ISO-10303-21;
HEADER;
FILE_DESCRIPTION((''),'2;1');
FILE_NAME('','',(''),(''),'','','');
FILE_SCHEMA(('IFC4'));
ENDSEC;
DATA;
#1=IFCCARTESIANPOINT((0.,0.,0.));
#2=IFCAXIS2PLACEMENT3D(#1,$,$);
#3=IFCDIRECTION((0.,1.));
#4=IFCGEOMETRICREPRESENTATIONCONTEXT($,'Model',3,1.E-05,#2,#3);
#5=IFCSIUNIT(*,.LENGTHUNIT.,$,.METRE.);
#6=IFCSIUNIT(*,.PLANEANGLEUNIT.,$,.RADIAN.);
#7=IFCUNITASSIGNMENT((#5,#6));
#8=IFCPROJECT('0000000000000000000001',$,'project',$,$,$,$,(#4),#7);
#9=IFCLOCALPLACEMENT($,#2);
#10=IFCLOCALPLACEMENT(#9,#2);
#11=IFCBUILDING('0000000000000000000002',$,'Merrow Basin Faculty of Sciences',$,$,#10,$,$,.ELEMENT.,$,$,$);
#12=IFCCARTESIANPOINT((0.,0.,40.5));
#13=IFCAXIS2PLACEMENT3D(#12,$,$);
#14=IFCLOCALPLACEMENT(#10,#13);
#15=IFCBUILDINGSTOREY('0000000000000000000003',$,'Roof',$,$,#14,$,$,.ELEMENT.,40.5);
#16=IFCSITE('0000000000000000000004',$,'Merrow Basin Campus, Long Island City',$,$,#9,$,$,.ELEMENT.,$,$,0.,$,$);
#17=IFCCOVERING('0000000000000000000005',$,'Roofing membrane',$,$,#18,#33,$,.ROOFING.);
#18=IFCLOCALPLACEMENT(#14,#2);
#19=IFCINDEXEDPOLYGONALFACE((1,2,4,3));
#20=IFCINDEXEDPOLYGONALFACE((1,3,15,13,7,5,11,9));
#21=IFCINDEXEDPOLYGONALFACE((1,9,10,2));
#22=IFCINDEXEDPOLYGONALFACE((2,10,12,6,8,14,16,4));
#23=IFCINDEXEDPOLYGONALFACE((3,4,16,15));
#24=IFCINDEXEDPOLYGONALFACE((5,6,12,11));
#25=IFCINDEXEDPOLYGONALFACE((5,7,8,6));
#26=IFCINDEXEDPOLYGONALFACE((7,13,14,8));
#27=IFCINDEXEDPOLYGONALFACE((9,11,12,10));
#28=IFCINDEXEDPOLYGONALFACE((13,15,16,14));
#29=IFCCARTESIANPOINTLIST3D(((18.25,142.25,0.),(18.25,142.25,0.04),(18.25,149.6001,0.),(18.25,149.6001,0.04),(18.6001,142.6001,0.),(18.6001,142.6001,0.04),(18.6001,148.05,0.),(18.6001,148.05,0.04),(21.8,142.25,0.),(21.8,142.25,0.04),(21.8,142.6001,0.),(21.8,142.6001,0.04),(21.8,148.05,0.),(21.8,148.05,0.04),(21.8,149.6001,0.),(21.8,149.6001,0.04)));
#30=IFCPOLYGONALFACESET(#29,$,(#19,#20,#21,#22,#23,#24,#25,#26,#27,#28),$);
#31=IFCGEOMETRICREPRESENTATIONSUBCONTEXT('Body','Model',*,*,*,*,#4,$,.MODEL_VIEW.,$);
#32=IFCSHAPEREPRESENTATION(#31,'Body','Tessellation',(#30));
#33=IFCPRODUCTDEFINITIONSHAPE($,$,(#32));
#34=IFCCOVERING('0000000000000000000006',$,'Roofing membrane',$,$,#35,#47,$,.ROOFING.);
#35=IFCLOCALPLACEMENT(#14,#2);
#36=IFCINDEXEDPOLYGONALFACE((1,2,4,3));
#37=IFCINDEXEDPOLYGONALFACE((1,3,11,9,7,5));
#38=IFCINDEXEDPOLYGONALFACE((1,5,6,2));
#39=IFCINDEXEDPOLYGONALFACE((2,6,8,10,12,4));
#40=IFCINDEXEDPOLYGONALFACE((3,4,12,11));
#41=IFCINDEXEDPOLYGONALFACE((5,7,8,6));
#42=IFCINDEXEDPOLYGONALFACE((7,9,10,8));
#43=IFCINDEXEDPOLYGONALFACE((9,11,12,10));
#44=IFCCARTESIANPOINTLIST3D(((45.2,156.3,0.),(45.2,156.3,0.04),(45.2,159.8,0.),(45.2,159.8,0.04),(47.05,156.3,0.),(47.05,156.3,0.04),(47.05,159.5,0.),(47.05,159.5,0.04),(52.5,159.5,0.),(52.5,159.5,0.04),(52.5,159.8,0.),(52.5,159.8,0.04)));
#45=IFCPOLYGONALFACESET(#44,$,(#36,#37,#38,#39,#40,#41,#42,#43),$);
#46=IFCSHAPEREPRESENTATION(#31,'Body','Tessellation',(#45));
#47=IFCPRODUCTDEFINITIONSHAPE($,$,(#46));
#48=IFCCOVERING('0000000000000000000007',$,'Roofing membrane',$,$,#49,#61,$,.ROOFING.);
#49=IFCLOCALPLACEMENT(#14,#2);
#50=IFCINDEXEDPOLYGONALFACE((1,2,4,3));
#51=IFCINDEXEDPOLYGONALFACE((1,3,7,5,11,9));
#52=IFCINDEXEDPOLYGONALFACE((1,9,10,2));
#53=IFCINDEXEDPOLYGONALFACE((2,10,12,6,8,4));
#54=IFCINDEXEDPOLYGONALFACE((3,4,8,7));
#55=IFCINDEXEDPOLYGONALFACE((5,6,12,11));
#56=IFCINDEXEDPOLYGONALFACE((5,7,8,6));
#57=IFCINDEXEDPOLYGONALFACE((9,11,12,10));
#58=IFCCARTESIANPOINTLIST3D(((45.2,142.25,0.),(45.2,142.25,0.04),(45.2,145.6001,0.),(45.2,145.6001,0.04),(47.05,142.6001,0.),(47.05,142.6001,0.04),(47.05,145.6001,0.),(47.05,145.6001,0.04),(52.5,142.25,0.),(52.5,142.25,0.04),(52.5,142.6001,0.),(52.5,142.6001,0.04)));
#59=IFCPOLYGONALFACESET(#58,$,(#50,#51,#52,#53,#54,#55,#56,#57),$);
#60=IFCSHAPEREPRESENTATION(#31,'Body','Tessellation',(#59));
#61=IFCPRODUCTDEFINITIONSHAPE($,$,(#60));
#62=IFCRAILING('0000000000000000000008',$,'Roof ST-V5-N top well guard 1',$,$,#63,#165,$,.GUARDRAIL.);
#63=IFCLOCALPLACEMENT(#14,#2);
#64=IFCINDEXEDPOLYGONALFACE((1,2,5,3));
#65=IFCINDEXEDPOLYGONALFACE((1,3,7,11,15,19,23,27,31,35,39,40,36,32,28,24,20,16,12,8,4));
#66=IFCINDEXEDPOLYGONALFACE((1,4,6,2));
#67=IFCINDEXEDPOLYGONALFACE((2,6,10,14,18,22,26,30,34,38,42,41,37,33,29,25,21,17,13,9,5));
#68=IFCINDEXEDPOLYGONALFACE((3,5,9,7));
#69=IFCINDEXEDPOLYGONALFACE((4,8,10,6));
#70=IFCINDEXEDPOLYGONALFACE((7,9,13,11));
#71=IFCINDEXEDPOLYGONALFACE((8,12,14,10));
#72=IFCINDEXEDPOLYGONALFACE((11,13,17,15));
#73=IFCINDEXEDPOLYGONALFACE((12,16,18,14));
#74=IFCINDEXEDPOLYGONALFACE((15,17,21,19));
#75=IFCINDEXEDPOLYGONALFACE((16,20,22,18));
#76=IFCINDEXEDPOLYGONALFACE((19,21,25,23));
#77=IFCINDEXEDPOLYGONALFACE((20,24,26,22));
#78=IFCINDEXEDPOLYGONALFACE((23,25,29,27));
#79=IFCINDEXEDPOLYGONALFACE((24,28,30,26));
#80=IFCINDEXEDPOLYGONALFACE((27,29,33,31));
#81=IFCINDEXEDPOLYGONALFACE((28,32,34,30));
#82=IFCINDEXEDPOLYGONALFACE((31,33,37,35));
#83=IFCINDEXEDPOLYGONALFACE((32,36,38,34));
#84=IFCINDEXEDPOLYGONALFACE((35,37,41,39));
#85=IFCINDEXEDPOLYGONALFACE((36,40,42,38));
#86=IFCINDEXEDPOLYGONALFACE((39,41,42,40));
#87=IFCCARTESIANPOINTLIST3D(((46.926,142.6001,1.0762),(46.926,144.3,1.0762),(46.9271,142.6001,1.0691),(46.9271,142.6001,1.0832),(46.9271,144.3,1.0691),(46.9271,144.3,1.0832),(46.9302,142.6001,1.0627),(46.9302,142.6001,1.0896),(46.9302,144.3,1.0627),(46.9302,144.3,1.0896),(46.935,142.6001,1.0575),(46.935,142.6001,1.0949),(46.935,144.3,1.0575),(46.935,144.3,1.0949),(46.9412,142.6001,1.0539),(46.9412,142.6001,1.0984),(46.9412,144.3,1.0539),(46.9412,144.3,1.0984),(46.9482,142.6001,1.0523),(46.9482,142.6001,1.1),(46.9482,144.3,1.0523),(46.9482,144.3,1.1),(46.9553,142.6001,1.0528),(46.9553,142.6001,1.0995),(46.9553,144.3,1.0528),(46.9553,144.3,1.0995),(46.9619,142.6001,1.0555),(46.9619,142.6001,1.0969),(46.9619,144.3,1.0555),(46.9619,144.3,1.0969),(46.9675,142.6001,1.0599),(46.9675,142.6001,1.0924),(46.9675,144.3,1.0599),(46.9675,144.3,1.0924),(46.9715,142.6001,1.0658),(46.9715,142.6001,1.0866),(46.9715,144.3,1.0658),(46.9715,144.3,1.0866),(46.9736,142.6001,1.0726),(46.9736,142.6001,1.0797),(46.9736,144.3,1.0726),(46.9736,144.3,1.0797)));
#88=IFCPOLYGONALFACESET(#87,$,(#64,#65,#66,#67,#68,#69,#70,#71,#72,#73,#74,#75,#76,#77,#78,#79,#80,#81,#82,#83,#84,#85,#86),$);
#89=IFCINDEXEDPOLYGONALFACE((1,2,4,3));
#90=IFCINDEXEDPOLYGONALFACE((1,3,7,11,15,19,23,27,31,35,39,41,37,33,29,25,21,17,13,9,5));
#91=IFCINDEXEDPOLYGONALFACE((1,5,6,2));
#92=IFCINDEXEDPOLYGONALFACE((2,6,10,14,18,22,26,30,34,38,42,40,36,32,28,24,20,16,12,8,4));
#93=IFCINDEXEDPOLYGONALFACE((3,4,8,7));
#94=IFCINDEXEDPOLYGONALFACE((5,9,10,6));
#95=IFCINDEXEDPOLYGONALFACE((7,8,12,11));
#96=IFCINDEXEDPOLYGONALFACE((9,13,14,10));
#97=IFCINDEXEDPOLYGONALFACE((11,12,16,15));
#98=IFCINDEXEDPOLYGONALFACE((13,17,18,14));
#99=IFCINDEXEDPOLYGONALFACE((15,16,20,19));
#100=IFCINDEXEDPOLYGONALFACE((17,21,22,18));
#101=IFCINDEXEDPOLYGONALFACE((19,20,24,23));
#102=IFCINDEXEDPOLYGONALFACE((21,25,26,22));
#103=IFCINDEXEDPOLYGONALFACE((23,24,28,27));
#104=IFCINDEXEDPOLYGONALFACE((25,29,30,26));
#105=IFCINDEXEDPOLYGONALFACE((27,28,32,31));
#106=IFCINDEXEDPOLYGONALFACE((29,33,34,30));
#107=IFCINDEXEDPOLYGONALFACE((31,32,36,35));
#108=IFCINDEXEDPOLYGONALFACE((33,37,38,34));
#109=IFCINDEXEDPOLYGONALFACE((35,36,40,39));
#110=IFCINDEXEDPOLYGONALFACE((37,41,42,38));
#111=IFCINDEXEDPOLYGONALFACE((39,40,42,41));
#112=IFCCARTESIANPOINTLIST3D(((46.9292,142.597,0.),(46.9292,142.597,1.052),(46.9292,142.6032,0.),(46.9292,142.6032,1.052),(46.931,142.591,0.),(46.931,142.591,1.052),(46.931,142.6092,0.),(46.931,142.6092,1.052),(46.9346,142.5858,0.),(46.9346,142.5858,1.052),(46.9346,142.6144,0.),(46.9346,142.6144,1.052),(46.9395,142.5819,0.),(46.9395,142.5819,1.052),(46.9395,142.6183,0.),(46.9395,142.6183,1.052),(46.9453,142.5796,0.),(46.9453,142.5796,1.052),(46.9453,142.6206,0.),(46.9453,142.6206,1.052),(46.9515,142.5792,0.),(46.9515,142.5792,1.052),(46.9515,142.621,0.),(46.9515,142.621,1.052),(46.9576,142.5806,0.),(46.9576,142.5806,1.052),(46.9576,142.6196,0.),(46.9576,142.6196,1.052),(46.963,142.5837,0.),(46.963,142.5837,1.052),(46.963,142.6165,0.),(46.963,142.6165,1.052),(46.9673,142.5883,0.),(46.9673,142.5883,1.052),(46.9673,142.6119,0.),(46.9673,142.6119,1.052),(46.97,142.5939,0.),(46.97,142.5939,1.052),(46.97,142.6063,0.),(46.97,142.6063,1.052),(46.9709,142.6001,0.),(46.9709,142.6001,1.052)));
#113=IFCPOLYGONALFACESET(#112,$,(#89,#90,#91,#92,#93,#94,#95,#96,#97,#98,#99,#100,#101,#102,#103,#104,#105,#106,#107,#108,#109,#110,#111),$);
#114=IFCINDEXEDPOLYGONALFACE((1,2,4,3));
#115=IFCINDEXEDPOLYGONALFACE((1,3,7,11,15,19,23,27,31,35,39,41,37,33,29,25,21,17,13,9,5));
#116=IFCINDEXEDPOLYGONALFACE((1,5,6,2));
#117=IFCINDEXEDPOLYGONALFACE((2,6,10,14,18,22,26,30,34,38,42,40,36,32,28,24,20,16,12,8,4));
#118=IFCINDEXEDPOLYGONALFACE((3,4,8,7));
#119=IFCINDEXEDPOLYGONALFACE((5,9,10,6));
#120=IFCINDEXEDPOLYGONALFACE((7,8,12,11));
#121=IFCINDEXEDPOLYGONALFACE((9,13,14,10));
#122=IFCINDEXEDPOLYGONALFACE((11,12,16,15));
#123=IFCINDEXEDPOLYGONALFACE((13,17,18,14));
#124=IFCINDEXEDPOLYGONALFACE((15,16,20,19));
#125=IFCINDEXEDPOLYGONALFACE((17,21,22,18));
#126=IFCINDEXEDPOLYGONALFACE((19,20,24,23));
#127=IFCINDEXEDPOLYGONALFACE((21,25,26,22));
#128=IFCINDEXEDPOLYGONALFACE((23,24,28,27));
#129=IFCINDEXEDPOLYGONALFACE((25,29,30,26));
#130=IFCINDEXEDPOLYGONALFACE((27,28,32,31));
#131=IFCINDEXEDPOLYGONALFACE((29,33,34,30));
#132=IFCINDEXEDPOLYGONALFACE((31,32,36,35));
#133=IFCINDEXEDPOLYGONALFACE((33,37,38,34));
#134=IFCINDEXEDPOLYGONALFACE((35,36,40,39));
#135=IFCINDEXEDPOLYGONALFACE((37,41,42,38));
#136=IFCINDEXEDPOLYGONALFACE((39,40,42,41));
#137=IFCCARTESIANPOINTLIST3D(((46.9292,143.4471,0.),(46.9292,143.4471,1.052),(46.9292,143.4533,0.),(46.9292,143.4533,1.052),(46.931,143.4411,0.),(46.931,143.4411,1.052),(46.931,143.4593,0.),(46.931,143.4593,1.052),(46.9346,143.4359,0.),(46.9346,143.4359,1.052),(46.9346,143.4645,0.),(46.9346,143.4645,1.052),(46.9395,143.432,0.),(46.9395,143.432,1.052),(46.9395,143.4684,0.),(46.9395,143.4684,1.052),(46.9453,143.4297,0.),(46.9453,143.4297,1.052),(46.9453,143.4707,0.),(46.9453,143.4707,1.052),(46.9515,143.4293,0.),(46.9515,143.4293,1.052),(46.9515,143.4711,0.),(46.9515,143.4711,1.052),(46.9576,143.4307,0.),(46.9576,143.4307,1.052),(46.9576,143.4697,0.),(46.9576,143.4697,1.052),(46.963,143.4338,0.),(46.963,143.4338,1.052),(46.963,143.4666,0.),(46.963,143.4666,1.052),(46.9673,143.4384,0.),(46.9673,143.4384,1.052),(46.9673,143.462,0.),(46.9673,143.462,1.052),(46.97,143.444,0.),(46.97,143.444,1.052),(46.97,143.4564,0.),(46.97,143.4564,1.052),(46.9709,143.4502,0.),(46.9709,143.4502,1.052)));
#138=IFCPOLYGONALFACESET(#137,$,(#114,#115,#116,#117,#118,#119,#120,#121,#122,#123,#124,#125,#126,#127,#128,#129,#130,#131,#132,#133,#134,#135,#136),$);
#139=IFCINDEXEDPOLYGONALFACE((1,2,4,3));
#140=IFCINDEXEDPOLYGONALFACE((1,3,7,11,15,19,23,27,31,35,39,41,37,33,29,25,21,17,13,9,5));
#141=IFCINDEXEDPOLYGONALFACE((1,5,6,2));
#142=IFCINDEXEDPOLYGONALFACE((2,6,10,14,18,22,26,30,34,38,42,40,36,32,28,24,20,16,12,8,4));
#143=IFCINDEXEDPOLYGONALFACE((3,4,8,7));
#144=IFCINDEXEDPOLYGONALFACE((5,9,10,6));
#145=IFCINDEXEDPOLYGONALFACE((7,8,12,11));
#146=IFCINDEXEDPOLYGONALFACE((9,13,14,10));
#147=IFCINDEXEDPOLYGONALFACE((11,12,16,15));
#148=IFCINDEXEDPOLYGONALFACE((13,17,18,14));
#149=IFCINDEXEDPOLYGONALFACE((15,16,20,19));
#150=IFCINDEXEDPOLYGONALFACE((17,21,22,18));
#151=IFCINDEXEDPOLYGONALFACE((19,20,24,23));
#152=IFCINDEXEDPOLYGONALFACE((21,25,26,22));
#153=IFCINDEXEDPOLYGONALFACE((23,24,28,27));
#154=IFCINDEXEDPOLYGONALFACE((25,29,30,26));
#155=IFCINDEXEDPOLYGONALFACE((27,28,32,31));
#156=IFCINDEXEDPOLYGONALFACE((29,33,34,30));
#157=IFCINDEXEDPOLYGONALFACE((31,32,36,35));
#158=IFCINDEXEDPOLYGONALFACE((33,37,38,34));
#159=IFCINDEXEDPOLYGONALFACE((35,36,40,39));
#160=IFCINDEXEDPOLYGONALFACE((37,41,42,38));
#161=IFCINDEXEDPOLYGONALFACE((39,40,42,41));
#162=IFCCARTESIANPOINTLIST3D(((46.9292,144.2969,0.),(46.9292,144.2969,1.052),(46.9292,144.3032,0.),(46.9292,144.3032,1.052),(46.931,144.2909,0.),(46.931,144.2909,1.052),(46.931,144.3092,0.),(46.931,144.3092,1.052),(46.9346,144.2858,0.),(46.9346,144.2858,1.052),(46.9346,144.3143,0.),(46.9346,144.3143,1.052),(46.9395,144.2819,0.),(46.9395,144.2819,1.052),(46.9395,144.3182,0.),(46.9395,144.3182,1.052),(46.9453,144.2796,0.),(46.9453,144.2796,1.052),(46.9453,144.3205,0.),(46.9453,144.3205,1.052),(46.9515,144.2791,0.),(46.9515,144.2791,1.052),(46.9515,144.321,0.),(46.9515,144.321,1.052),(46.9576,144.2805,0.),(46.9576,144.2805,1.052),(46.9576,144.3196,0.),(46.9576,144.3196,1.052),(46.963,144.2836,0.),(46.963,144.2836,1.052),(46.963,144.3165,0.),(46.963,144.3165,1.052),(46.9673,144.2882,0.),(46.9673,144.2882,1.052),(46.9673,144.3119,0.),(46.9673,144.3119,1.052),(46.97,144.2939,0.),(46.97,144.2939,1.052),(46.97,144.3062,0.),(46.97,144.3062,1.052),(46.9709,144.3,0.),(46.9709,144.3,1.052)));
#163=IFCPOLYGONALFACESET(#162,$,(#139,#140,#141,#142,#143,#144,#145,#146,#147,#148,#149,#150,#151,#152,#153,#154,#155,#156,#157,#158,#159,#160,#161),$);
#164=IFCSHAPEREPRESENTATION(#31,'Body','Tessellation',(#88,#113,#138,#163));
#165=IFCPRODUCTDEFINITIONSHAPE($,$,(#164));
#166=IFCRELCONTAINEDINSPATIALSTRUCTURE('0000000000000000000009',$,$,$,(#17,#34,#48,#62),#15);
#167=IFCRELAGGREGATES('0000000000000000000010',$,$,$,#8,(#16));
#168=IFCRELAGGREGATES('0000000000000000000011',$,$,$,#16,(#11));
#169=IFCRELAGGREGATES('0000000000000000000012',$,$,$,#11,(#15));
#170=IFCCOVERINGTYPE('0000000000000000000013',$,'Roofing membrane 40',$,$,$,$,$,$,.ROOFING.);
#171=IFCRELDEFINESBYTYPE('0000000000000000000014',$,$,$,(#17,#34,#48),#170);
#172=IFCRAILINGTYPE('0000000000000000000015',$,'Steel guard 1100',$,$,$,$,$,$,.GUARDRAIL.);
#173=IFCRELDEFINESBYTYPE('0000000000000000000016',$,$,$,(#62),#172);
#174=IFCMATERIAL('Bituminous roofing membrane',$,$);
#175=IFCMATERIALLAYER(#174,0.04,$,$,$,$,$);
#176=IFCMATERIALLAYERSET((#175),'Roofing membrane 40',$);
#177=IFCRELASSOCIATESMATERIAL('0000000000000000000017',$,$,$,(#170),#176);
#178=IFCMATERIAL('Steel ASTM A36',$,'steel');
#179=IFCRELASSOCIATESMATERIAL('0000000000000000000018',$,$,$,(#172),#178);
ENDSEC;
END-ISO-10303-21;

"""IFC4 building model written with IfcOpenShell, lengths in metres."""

from ifc_helpers import new_model, si_unit, direction, frame, origin, origin_2d, place, context, subcontext, project, spatial, polyline, circle, outline, extrude, material, layer, layer_set, type_object, element, save


model = new_model("IFC4")

# Units and contexts
model_context = context("Model", 3, precision=1e-05, world=origin(), true_north=direction((0.0, 1.0)))
body_context = subcontext(model_context, "Body", "Model", "MODEL_VIEW")
ifc_project = project(units=[si_unit("LENGTHUNIT", "METRE"), si_unit("PLANEANGLEUNIT", "RADIAN")], contexts=[model_context])

# Site, building, storey
site_placement = place(None, origin())
site = spatial("IfcSite", under=ifc_project, at=site_placement, Name="Merrow Basin Campus, Long Island City", CompositionType="ELEMENT", RefElevation=0.0)
building_placement = place(site_placement, origin())
building = spatial("IfcBuilding", under=site, at=building_placement, Name="Merrow Basin Faculty of Sciences", CompositionType="ELEMENT")
storey_placement = place(building_placement, frame((0.0, 0.0, 40.5)))
storey = spatial("IfcBuildingStorey", under=building, at=storey_placement, Name="Roof", CompositionType="ELEMENT", Elevation=40.5)

# Coverings
ifc_material_1 = material(Name="Bituminous roofing membrane")
ifc_layer_1 = layer(ifc_material_1, 0.04)
ifc_layer_set_1 = layer_set([ifc_layer_1], Name="Roofing membrane 40")
covering_type = type_object("IfcCoveringType", Name="Roofing membrane 40", PredefinedType="ROOFING", material=ifc_layer_set_1)
covering_1_placement = place(storey_placement, origin())
element("IfcCovering", 1, at=covering_1_placement, inside=storey, type_object=covering_type, Name="Roofing membrane", PredefinedType="ROOFING", context=body_context, shape_type="SweptSolid", body=[
    extrude(outline(polyline([(18.25, 142.25), (18.25, 149.6001), (21.8, 149.6001), (21.8, 148.05), (18.6001, 148.05), (18.6001, 142.6001), (21.8, 142.6001), (21.8, 142.25), (18.25, 142.25)])), origin(), (0.0, 0.0, 1.0), 0.04),
])
covering_2_placement = place(storey_placement, origin())
element("IfcCovering", 2, at=covering_2_placement, inside=storey, type_object=covering_type, Name="Roofing membrane", PredefinedType="ROOFING", context=body_context, shape_type="SweptSolid", body=[
    extrude(outline(polyline([(45.2, 159.8), (52.5, 159.8), (52.5, 159.5), (47.05, 159.5), (47.05, 156.3), (45.2, 156.3), (45.2, 159.8)])), origin(), (0.0, 0.0, 1.0), 0.04),
])
covering_3_placement = place(storey_placement, origin())
element("IfcCovering", 3, at=covering_3_placement, inside=storey, type_object=covering_type, Name="Roofing membrane", PredefinedType="ROOFING", context=body_context, shape_type="SweptSolid", body=[
    extrude(outline(polyline([(45.2, 142.25), (45.2, 145.6001), (47.05, 145.6001), (47.05, 142.6001), (52.5, 142.6001), (52.5, 142.25), (45.2, 142.25)])), origin(), (0.0, 0.0, 1.0), 0.04),
])

# Railing
ifc_material_2 = material(Name="Steel ASTM A36", Category="steel")
railing_type = type_object("IfcRailingType", Name="Steel guard 1100", PredefinedType="GUARDRAIL", material=ifc_material_2)
railing_1_placement = place(storey_placement, frame((46.95, 142.6001, 0.0)))
element("IfcRailing", 4, at=railing_1_placement, inside=storey, type_object=railing_type, Name="Roof ST-V5-N top well guard 1", PredefinedType="GUARDRAIL", context=body_context, shape_type="SweptSolid", body=[
    extrude(circle(Radius=0.0239, at=origin_2d()), frame((0.0, 0.0, 1.0762), z_axis=(0.0, 1.0, 0.0), x_axis=(-1.0, 0.0, 0.0)), (0.0, 0.0, 1.0), 1.7),
    extrude(circle(Radius=0.021, at=origin_2d()), origin(), (0.0, 0.0, 1.0), 1.052),
    extrude(circle(Radius=0.021, at=origin_2d()), frame((0.0, 0.8501, 0.0)), (0.0, 0.0, 1.0), 1.052),
    extrude(circle(Radius=0.021, at=origin_2d()), frame((0.0, 1.7, 0.0)), (0.0, 0.0, 1.0), 1.052),
])

save(model, "model.ifc")
